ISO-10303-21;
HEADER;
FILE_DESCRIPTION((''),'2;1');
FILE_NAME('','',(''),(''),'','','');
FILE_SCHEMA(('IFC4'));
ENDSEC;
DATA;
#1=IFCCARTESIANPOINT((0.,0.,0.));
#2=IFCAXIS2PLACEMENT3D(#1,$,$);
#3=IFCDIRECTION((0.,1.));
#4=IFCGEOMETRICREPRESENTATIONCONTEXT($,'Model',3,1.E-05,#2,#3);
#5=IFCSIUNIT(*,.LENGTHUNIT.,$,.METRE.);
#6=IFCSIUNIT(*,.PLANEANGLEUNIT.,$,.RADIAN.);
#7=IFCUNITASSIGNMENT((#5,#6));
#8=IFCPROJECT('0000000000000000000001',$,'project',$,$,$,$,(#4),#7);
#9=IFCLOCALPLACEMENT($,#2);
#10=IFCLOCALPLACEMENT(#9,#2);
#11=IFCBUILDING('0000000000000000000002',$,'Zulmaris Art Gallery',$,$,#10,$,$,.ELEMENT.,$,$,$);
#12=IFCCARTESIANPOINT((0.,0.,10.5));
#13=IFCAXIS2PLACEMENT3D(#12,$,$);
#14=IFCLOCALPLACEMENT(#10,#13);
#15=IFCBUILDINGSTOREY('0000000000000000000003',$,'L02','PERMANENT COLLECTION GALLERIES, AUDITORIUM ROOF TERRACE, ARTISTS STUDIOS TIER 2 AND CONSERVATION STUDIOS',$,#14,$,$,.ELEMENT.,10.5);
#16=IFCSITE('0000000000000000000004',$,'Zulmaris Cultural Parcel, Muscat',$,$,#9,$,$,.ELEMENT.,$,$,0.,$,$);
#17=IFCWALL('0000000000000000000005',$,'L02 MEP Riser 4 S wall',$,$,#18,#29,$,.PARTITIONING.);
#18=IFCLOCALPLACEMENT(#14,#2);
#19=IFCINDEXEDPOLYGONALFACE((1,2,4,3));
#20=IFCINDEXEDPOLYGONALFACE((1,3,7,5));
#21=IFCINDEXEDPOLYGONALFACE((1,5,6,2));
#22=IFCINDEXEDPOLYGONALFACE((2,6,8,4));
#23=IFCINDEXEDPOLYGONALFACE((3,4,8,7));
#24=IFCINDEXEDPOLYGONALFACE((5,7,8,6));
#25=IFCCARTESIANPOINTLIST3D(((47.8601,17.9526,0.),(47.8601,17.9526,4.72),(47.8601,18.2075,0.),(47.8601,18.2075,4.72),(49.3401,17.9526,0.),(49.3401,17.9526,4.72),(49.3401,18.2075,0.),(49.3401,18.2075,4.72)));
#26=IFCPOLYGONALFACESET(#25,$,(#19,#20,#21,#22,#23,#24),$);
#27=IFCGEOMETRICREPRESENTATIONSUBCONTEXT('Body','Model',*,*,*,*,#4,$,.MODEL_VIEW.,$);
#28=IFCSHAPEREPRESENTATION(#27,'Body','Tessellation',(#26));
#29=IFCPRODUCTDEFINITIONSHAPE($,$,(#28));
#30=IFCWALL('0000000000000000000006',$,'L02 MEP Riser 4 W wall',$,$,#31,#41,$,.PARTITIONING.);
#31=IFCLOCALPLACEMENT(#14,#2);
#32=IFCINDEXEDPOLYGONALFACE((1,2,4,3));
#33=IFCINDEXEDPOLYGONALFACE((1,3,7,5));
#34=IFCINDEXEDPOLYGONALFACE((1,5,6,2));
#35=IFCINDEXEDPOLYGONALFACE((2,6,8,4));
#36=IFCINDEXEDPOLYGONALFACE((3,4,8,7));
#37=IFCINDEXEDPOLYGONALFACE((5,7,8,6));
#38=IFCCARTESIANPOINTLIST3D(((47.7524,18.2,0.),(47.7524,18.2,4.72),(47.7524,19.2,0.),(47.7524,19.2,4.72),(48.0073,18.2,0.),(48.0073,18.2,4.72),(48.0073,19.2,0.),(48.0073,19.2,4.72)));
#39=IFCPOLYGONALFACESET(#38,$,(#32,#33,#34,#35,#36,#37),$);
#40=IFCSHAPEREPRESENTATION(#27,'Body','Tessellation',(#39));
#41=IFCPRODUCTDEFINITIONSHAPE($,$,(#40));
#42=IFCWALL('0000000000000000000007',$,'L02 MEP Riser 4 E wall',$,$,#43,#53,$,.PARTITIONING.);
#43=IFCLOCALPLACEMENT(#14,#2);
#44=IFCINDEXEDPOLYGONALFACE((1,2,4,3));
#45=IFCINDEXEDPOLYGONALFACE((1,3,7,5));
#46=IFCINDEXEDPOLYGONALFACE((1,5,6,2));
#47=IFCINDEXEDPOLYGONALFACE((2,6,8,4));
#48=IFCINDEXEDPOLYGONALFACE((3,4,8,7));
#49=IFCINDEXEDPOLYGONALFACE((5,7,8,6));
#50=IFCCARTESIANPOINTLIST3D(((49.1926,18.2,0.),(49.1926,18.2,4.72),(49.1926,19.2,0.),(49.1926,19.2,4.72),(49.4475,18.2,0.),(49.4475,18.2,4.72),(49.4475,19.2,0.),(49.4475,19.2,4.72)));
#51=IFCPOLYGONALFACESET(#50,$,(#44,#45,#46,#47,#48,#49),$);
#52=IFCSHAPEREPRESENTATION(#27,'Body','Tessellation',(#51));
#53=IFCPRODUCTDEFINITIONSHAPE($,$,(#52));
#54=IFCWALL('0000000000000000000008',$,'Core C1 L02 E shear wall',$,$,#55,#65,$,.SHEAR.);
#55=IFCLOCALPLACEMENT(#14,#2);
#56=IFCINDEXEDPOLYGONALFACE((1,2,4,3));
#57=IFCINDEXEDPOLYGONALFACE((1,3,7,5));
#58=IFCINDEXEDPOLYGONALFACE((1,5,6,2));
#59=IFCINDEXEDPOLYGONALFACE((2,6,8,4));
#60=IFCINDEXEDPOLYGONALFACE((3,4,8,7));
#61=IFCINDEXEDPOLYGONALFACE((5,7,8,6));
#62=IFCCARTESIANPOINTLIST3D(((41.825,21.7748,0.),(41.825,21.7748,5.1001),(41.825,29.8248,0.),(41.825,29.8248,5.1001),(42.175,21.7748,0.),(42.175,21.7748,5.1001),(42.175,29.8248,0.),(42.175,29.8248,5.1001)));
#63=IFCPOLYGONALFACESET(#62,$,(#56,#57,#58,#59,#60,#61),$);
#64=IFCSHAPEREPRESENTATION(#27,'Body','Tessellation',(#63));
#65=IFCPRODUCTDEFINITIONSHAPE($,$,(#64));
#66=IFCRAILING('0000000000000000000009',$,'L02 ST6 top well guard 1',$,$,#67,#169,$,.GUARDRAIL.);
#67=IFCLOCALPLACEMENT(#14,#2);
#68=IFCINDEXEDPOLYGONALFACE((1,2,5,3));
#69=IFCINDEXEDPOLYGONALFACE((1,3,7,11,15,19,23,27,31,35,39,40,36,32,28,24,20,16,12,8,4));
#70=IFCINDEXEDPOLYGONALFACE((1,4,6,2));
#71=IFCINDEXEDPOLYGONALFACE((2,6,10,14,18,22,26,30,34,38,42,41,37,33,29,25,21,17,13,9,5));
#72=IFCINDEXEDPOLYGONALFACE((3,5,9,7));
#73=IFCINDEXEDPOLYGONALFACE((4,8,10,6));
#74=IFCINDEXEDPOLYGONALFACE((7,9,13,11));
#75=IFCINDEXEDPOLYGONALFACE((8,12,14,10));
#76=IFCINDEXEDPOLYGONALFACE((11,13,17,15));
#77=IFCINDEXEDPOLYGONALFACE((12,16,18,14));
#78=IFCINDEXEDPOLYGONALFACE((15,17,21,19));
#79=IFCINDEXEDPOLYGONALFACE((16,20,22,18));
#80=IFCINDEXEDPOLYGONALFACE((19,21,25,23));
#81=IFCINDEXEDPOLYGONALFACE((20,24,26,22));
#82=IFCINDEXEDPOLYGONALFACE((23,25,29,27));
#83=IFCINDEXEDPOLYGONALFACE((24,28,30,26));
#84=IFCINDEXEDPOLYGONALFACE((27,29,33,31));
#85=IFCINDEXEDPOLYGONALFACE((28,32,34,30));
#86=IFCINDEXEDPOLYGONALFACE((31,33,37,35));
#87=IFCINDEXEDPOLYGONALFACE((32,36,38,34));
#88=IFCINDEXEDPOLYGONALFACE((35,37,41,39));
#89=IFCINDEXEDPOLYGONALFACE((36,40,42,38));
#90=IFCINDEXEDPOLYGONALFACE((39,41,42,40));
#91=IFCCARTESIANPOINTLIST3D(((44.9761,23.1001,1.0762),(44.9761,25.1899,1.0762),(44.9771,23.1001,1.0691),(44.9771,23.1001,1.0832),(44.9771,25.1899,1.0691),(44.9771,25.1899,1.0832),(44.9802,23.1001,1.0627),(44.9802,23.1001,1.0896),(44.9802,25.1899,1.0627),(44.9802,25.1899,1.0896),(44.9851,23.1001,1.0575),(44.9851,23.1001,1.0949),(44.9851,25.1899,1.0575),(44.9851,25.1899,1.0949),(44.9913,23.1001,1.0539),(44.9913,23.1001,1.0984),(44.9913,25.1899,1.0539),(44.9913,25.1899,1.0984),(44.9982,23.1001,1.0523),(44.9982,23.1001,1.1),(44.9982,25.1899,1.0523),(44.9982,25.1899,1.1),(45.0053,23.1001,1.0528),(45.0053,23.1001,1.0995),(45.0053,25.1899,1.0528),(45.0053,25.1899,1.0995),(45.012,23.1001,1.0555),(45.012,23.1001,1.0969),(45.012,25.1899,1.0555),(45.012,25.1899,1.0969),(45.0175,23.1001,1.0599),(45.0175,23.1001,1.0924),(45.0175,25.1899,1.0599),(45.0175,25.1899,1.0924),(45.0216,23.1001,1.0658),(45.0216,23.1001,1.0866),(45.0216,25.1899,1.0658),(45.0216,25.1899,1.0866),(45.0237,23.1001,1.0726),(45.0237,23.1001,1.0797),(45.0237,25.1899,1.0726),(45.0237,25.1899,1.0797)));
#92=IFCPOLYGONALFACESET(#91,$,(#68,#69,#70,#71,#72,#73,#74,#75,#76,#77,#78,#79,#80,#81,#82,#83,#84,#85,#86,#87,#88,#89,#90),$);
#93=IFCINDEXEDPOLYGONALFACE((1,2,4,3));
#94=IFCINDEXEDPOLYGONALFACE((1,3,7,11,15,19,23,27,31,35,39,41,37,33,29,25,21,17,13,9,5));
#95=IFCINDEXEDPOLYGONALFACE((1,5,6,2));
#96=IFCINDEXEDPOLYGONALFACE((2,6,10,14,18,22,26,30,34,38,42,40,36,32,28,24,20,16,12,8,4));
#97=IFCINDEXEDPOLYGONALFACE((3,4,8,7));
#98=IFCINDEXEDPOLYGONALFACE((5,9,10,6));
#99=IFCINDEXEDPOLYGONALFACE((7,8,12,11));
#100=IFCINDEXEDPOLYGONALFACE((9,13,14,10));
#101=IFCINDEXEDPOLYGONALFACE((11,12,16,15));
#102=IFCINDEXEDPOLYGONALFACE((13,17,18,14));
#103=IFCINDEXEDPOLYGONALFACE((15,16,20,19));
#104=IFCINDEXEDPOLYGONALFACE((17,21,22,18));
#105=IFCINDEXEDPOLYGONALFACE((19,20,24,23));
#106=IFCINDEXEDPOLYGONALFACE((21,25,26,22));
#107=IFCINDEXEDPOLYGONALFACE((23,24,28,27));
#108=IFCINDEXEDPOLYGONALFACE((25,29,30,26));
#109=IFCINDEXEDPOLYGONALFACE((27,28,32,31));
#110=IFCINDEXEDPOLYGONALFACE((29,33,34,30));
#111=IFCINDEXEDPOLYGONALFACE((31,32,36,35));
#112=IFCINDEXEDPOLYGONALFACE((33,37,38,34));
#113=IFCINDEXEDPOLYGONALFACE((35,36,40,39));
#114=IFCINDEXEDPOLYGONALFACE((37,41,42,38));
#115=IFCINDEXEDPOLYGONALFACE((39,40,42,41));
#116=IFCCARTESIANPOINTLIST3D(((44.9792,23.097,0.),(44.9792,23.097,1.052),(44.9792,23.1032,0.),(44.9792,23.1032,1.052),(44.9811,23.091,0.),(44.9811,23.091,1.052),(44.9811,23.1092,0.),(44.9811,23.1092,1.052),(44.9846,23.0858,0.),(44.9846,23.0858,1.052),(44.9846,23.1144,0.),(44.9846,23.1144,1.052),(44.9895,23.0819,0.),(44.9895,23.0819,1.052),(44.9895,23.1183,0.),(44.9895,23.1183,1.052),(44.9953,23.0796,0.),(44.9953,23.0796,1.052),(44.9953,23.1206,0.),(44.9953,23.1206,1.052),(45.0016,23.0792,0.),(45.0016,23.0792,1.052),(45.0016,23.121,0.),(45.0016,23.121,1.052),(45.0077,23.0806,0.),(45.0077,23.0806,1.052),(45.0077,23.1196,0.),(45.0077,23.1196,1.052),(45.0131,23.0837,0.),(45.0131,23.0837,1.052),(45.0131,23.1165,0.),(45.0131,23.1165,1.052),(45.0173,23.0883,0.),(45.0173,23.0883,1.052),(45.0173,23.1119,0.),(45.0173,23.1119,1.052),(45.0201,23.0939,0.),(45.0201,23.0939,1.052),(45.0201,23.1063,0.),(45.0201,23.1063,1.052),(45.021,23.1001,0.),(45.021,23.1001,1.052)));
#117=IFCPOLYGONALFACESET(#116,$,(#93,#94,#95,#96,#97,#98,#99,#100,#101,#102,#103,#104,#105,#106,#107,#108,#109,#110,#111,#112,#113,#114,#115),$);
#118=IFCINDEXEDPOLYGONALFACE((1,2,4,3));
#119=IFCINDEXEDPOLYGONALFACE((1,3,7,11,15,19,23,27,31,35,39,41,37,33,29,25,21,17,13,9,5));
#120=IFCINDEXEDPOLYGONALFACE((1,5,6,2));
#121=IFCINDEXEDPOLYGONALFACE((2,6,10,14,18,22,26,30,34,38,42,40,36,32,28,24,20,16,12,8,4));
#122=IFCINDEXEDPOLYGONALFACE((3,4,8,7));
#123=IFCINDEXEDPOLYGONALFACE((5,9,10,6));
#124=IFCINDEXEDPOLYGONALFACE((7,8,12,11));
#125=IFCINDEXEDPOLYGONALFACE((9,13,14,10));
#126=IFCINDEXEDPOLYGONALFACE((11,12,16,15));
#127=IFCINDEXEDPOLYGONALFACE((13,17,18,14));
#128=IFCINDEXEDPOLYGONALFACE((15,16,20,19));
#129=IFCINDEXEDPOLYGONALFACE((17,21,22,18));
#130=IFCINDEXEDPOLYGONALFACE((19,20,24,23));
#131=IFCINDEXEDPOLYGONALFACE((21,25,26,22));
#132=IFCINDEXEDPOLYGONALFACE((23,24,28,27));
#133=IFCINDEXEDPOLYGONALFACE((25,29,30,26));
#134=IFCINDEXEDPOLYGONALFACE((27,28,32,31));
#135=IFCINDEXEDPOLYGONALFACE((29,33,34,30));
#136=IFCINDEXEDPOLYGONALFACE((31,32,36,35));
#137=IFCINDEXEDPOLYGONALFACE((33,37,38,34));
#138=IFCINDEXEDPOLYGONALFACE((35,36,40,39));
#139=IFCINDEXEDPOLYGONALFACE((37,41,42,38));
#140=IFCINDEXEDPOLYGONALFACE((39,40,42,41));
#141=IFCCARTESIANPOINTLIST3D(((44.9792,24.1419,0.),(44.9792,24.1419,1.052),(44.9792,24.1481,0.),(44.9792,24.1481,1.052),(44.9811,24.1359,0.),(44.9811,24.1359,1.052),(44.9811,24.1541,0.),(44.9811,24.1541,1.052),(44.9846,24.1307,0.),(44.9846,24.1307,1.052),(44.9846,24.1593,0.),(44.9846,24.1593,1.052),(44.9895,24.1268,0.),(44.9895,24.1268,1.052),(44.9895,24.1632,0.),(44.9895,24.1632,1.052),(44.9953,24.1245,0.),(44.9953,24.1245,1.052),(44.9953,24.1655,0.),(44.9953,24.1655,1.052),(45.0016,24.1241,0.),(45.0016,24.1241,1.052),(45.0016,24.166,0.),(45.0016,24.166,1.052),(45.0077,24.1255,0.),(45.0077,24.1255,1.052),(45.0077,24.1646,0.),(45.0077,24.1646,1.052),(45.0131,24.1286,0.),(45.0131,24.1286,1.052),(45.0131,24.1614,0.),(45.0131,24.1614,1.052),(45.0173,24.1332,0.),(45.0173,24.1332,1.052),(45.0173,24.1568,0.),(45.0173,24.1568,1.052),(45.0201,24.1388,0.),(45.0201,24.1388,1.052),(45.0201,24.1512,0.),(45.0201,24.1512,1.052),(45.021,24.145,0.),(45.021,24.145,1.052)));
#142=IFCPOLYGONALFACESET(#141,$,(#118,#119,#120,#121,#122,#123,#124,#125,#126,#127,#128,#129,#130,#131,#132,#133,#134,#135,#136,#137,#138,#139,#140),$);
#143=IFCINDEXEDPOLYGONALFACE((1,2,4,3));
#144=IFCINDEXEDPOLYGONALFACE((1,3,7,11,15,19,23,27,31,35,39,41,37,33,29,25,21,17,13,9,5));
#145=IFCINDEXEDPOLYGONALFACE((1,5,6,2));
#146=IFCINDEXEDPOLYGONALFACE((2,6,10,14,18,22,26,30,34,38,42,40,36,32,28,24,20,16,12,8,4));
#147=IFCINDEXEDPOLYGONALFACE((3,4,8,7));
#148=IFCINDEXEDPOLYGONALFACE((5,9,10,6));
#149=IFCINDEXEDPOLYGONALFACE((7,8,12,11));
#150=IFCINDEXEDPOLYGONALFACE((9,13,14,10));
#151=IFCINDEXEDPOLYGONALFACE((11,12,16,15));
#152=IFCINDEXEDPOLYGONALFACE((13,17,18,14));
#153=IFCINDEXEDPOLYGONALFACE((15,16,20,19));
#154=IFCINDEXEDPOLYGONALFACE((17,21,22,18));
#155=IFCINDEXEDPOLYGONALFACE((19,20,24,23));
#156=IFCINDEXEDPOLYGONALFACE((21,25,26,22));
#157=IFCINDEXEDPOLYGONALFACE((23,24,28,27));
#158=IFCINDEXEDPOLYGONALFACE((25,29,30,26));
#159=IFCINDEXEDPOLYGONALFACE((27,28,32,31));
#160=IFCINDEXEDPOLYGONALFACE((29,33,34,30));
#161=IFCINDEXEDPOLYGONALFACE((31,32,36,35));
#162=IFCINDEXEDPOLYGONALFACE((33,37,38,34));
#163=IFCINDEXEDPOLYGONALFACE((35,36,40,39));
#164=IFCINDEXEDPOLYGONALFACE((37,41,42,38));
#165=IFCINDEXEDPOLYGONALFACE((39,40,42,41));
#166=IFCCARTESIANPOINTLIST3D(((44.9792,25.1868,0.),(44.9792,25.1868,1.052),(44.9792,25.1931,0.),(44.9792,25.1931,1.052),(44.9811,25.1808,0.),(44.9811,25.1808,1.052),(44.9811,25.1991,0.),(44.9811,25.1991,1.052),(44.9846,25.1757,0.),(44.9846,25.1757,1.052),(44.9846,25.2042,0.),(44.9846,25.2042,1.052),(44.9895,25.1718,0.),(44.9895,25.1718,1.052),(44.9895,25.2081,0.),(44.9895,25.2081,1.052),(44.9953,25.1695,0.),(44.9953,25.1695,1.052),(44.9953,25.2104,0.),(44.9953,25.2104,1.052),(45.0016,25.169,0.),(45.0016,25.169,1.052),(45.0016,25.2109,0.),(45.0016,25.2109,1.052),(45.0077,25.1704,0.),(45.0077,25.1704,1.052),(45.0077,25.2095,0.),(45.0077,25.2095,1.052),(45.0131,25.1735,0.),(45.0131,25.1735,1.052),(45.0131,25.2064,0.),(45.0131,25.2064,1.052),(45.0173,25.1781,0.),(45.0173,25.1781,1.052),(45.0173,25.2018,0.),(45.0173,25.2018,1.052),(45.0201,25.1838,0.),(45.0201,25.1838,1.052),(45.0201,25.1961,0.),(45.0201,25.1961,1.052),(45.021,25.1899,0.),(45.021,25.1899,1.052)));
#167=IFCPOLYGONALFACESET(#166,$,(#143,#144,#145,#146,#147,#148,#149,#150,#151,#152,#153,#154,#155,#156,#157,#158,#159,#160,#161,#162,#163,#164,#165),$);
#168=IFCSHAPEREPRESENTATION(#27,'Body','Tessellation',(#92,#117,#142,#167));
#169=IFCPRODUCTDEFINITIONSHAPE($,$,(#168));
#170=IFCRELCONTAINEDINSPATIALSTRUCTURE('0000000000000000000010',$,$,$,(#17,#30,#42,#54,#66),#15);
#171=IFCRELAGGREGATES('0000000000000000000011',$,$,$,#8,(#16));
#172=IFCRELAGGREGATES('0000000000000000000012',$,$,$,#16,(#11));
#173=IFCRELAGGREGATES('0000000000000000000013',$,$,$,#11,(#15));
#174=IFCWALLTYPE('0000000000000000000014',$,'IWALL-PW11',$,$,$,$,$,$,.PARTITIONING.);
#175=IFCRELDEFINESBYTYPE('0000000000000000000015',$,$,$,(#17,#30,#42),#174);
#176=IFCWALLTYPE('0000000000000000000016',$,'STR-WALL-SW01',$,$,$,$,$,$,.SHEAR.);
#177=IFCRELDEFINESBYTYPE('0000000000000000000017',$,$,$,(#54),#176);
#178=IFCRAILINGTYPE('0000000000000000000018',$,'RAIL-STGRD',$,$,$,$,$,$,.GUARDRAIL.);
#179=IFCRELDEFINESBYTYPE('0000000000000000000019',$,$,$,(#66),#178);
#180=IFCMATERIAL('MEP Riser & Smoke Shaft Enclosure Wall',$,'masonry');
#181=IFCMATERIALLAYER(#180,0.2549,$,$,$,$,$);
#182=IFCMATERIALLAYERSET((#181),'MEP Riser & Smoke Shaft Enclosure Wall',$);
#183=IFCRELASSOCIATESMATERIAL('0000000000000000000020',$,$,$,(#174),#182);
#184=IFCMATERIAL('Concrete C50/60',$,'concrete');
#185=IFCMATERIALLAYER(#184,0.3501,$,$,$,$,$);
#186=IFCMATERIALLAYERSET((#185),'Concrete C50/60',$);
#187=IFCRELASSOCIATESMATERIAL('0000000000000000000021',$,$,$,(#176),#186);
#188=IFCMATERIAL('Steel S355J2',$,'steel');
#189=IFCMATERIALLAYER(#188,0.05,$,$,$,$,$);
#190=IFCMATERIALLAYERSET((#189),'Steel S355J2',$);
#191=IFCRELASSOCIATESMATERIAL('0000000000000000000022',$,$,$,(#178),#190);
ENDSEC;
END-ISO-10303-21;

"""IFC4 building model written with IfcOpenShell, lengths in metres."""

from ifc_helpers import new_model, si_unit, direction, frame, frame_2d, origin, origin_2d, place, context, subcontext, project, spatial, rectangle, circle, extrude, material, layer, layer_set, type_object, element, save


model = new_model("IFC4")

# Units and contexts
model_context = context("Model", 3, precision=1e-05, world=origin(), true_north=direction((0.0, 1.0)))
body_context = subcontext(model_context, "Body", "Model", "MODEL_VIEW")
ifc_project = project(units=[si_unit("LENGTHUNIT", "METRE"), si_unit("PLANEANGLEUNIT", "RADIAN")], contexts=[model_context])

# Site, building, storey
site_placement = place(None, origin())
site = spatial("IfcSite", under=ifc_project, at=site_placement, Name="Zulmaris Cultural Parcel, Muscat", CompositionType="ELEMENT", RefElevation=0.0)
building_placement = place(site_placement, origin())
building = spatial("IfcBuilding", under=site, at=building_placement, Name="Zulmaris Art Gallery", CompositionType="ELEMENT")
storey_placement = place(building_placement, frame((0.0, 0.0, 10.5)))
storey = spatial("IfcBuildingStorey", under=building, at=storey_placement, Name="L02", Description="PERMANENT COLLECTION GALLERIES, AUDITORIUM ROOF TERRACE, ARTISTS STUDIOS TIER 2 AND CONSERVATION STUDIOS", CompositionType="ELEMENT", Elevation=10.5)

# Shared definitions
ifc_material_1 = material(Name="Concrete C50/60", Category="concrete")

# Shared definitions
ifc_material_2 = material(Name="Steel S355J2", Category="steel")

# Walls
ifc_material_3 = material(Name="MEP Riser & Smoke Shaft Enclosure Wall", Category="masonry")
ifc_layer_1 = layer(ifc_material_3, 0.2549)
ifc_layer_set_1 = layer_set([ifc_layer_1], Name="MEP Riser & Smoke Shaft Enclosure Wall")
wall_type_1 = type_object("IfcWallType", Name="IWALL-PW11", PredefinedType="PARTITIONING", material=ifc_layer_set_1)
for number, where, z_axis, x_axis, name in (
    (1, (47.8601, 18.0801, 0.0), (0.0, 0.0, 1.0), (1.0, 0.0, 0.0), "L02 MEP Riser 4 S wall"),
):
    element("IfcWall", number, at=place(storey_placement, frame(where, z_axis=z_axis, x_axis=x_axis)), inside=storey, type_object=wall_type_1, Name=name, PredefinedType="PARTITIONING", context=body_context, shape_type="SweptSolid", body=[
        extrude(rectangle(XDim=1.48, YDim=0.2549, at=frame_2d((0.74, 0.0))), origin(), (0.0, 0.0, 1.0), 4.72),
    ])
for number, where, z_axis, x_axis, name in (
    (2, (47.8799, 18.2, 0.0), (0.0, 0.0, 1.0), (0.0, 1.0, 0.0), "L02 MEP Riser 4 W wall"),
    (3, (49.3201, 18.2, 0.0), (0.0, 0.0, 1.0), (0.0, 1.0, 0.0), "L02 MEP Riser 4 E wall"),
):
    element("IfcWall", number, at=place(storey_placement, frame(where, z_axis=z_axis, x_axis=x_axis)), inside=storey, type_object=wall_type_1, Name=name, PredefinedType="PARTITIONING", context=body_context, shape_type="SweptSolid", body=[
        extrude(rectangle(XDim=1.0, YDim=0.2549, at=frame_2d((0.5, 0.0))), origin(), (0.0, 0.0, 1.0), 4.72),
    ])
ifc_layer_2 = layer(ifc_material_1, 0.3501)
ifc_layer_set_2 = layer_set([ifc_layer_2], Name="Concrete C50/60")
wall_type_2 = type_object("IfcWallType", Name="STR-WALL-SW01", PredefinedType="SHEAR", material=ifc_layer_set_2)
wall_1_placement = place(storey_placement, frame((42.0, 21.7749, 0.0), z_axis=(0.0, 0.0, 1.0), x_axis=(0.0, 1.0, 0.0)))
element("IfcWall", 4, at=wall_1_placement, inside=storey, type_object=wall_type_2, Name="Core C1 L02 E shear wall", PredefinedType="SHEAR", context=body_context, shape_type="SweptSolid", body=[
    extrude(rectangle(XDim=8.05, YDim=0.3501, at=frame_2d((4.0249, 0.0))), origin(), (0.0, 0.0, 1.0), 5.1001),
])

# Railing
ifc_layer_3 = layer(ifc_material_2, 0.05)
ifc_layer_set_3 = layer_set([ifc_layer_3], Name="Steel S355J2")
railing_type = type_object("IfcRailingType", Name="RAIL-STGRD", PredefinedType="GUARDRAIL", material=ifc_layer_set_3)
railing_placement = place(storey_placement, frame((45.0, 23.1001, 0.0)))
element("IfcRailing", 5, at=railing_placement, inside=storey, type_object=railing_type, Name="L02 ST6 top well guard 1", PredefinedType="GUARDRAIL", context=body_context, shape_type="SweptSolid", body=[
    extrude(circle(Radius=0.0239, at=origin_2d()), frame((0.0, 0.0, 1.0762), z_axis=(0.0, 1.0, 0.0), x_axis=(-1.0, 0.0, 0.0)), (0.0, 0.0, 1.0), 2.0898),
    extrude(circle(Radius=0.021, at=origin_2d()), origin(), (0.0, 0.0, 1.0), 1.052),
    extrude(circle(Radius=0.021, at=origin_2d()), frame((0.0, 1.0449, 0.0)), (0.0, 0.0, 1.0), 1.052),
    extrude(circle(Radius=0.021, at=origin_2d()), frame((0.0, 2.0898, 0.0)), (0.0, 0.0, 1.0), 1.052),
])

save(model, "model.ifc")
